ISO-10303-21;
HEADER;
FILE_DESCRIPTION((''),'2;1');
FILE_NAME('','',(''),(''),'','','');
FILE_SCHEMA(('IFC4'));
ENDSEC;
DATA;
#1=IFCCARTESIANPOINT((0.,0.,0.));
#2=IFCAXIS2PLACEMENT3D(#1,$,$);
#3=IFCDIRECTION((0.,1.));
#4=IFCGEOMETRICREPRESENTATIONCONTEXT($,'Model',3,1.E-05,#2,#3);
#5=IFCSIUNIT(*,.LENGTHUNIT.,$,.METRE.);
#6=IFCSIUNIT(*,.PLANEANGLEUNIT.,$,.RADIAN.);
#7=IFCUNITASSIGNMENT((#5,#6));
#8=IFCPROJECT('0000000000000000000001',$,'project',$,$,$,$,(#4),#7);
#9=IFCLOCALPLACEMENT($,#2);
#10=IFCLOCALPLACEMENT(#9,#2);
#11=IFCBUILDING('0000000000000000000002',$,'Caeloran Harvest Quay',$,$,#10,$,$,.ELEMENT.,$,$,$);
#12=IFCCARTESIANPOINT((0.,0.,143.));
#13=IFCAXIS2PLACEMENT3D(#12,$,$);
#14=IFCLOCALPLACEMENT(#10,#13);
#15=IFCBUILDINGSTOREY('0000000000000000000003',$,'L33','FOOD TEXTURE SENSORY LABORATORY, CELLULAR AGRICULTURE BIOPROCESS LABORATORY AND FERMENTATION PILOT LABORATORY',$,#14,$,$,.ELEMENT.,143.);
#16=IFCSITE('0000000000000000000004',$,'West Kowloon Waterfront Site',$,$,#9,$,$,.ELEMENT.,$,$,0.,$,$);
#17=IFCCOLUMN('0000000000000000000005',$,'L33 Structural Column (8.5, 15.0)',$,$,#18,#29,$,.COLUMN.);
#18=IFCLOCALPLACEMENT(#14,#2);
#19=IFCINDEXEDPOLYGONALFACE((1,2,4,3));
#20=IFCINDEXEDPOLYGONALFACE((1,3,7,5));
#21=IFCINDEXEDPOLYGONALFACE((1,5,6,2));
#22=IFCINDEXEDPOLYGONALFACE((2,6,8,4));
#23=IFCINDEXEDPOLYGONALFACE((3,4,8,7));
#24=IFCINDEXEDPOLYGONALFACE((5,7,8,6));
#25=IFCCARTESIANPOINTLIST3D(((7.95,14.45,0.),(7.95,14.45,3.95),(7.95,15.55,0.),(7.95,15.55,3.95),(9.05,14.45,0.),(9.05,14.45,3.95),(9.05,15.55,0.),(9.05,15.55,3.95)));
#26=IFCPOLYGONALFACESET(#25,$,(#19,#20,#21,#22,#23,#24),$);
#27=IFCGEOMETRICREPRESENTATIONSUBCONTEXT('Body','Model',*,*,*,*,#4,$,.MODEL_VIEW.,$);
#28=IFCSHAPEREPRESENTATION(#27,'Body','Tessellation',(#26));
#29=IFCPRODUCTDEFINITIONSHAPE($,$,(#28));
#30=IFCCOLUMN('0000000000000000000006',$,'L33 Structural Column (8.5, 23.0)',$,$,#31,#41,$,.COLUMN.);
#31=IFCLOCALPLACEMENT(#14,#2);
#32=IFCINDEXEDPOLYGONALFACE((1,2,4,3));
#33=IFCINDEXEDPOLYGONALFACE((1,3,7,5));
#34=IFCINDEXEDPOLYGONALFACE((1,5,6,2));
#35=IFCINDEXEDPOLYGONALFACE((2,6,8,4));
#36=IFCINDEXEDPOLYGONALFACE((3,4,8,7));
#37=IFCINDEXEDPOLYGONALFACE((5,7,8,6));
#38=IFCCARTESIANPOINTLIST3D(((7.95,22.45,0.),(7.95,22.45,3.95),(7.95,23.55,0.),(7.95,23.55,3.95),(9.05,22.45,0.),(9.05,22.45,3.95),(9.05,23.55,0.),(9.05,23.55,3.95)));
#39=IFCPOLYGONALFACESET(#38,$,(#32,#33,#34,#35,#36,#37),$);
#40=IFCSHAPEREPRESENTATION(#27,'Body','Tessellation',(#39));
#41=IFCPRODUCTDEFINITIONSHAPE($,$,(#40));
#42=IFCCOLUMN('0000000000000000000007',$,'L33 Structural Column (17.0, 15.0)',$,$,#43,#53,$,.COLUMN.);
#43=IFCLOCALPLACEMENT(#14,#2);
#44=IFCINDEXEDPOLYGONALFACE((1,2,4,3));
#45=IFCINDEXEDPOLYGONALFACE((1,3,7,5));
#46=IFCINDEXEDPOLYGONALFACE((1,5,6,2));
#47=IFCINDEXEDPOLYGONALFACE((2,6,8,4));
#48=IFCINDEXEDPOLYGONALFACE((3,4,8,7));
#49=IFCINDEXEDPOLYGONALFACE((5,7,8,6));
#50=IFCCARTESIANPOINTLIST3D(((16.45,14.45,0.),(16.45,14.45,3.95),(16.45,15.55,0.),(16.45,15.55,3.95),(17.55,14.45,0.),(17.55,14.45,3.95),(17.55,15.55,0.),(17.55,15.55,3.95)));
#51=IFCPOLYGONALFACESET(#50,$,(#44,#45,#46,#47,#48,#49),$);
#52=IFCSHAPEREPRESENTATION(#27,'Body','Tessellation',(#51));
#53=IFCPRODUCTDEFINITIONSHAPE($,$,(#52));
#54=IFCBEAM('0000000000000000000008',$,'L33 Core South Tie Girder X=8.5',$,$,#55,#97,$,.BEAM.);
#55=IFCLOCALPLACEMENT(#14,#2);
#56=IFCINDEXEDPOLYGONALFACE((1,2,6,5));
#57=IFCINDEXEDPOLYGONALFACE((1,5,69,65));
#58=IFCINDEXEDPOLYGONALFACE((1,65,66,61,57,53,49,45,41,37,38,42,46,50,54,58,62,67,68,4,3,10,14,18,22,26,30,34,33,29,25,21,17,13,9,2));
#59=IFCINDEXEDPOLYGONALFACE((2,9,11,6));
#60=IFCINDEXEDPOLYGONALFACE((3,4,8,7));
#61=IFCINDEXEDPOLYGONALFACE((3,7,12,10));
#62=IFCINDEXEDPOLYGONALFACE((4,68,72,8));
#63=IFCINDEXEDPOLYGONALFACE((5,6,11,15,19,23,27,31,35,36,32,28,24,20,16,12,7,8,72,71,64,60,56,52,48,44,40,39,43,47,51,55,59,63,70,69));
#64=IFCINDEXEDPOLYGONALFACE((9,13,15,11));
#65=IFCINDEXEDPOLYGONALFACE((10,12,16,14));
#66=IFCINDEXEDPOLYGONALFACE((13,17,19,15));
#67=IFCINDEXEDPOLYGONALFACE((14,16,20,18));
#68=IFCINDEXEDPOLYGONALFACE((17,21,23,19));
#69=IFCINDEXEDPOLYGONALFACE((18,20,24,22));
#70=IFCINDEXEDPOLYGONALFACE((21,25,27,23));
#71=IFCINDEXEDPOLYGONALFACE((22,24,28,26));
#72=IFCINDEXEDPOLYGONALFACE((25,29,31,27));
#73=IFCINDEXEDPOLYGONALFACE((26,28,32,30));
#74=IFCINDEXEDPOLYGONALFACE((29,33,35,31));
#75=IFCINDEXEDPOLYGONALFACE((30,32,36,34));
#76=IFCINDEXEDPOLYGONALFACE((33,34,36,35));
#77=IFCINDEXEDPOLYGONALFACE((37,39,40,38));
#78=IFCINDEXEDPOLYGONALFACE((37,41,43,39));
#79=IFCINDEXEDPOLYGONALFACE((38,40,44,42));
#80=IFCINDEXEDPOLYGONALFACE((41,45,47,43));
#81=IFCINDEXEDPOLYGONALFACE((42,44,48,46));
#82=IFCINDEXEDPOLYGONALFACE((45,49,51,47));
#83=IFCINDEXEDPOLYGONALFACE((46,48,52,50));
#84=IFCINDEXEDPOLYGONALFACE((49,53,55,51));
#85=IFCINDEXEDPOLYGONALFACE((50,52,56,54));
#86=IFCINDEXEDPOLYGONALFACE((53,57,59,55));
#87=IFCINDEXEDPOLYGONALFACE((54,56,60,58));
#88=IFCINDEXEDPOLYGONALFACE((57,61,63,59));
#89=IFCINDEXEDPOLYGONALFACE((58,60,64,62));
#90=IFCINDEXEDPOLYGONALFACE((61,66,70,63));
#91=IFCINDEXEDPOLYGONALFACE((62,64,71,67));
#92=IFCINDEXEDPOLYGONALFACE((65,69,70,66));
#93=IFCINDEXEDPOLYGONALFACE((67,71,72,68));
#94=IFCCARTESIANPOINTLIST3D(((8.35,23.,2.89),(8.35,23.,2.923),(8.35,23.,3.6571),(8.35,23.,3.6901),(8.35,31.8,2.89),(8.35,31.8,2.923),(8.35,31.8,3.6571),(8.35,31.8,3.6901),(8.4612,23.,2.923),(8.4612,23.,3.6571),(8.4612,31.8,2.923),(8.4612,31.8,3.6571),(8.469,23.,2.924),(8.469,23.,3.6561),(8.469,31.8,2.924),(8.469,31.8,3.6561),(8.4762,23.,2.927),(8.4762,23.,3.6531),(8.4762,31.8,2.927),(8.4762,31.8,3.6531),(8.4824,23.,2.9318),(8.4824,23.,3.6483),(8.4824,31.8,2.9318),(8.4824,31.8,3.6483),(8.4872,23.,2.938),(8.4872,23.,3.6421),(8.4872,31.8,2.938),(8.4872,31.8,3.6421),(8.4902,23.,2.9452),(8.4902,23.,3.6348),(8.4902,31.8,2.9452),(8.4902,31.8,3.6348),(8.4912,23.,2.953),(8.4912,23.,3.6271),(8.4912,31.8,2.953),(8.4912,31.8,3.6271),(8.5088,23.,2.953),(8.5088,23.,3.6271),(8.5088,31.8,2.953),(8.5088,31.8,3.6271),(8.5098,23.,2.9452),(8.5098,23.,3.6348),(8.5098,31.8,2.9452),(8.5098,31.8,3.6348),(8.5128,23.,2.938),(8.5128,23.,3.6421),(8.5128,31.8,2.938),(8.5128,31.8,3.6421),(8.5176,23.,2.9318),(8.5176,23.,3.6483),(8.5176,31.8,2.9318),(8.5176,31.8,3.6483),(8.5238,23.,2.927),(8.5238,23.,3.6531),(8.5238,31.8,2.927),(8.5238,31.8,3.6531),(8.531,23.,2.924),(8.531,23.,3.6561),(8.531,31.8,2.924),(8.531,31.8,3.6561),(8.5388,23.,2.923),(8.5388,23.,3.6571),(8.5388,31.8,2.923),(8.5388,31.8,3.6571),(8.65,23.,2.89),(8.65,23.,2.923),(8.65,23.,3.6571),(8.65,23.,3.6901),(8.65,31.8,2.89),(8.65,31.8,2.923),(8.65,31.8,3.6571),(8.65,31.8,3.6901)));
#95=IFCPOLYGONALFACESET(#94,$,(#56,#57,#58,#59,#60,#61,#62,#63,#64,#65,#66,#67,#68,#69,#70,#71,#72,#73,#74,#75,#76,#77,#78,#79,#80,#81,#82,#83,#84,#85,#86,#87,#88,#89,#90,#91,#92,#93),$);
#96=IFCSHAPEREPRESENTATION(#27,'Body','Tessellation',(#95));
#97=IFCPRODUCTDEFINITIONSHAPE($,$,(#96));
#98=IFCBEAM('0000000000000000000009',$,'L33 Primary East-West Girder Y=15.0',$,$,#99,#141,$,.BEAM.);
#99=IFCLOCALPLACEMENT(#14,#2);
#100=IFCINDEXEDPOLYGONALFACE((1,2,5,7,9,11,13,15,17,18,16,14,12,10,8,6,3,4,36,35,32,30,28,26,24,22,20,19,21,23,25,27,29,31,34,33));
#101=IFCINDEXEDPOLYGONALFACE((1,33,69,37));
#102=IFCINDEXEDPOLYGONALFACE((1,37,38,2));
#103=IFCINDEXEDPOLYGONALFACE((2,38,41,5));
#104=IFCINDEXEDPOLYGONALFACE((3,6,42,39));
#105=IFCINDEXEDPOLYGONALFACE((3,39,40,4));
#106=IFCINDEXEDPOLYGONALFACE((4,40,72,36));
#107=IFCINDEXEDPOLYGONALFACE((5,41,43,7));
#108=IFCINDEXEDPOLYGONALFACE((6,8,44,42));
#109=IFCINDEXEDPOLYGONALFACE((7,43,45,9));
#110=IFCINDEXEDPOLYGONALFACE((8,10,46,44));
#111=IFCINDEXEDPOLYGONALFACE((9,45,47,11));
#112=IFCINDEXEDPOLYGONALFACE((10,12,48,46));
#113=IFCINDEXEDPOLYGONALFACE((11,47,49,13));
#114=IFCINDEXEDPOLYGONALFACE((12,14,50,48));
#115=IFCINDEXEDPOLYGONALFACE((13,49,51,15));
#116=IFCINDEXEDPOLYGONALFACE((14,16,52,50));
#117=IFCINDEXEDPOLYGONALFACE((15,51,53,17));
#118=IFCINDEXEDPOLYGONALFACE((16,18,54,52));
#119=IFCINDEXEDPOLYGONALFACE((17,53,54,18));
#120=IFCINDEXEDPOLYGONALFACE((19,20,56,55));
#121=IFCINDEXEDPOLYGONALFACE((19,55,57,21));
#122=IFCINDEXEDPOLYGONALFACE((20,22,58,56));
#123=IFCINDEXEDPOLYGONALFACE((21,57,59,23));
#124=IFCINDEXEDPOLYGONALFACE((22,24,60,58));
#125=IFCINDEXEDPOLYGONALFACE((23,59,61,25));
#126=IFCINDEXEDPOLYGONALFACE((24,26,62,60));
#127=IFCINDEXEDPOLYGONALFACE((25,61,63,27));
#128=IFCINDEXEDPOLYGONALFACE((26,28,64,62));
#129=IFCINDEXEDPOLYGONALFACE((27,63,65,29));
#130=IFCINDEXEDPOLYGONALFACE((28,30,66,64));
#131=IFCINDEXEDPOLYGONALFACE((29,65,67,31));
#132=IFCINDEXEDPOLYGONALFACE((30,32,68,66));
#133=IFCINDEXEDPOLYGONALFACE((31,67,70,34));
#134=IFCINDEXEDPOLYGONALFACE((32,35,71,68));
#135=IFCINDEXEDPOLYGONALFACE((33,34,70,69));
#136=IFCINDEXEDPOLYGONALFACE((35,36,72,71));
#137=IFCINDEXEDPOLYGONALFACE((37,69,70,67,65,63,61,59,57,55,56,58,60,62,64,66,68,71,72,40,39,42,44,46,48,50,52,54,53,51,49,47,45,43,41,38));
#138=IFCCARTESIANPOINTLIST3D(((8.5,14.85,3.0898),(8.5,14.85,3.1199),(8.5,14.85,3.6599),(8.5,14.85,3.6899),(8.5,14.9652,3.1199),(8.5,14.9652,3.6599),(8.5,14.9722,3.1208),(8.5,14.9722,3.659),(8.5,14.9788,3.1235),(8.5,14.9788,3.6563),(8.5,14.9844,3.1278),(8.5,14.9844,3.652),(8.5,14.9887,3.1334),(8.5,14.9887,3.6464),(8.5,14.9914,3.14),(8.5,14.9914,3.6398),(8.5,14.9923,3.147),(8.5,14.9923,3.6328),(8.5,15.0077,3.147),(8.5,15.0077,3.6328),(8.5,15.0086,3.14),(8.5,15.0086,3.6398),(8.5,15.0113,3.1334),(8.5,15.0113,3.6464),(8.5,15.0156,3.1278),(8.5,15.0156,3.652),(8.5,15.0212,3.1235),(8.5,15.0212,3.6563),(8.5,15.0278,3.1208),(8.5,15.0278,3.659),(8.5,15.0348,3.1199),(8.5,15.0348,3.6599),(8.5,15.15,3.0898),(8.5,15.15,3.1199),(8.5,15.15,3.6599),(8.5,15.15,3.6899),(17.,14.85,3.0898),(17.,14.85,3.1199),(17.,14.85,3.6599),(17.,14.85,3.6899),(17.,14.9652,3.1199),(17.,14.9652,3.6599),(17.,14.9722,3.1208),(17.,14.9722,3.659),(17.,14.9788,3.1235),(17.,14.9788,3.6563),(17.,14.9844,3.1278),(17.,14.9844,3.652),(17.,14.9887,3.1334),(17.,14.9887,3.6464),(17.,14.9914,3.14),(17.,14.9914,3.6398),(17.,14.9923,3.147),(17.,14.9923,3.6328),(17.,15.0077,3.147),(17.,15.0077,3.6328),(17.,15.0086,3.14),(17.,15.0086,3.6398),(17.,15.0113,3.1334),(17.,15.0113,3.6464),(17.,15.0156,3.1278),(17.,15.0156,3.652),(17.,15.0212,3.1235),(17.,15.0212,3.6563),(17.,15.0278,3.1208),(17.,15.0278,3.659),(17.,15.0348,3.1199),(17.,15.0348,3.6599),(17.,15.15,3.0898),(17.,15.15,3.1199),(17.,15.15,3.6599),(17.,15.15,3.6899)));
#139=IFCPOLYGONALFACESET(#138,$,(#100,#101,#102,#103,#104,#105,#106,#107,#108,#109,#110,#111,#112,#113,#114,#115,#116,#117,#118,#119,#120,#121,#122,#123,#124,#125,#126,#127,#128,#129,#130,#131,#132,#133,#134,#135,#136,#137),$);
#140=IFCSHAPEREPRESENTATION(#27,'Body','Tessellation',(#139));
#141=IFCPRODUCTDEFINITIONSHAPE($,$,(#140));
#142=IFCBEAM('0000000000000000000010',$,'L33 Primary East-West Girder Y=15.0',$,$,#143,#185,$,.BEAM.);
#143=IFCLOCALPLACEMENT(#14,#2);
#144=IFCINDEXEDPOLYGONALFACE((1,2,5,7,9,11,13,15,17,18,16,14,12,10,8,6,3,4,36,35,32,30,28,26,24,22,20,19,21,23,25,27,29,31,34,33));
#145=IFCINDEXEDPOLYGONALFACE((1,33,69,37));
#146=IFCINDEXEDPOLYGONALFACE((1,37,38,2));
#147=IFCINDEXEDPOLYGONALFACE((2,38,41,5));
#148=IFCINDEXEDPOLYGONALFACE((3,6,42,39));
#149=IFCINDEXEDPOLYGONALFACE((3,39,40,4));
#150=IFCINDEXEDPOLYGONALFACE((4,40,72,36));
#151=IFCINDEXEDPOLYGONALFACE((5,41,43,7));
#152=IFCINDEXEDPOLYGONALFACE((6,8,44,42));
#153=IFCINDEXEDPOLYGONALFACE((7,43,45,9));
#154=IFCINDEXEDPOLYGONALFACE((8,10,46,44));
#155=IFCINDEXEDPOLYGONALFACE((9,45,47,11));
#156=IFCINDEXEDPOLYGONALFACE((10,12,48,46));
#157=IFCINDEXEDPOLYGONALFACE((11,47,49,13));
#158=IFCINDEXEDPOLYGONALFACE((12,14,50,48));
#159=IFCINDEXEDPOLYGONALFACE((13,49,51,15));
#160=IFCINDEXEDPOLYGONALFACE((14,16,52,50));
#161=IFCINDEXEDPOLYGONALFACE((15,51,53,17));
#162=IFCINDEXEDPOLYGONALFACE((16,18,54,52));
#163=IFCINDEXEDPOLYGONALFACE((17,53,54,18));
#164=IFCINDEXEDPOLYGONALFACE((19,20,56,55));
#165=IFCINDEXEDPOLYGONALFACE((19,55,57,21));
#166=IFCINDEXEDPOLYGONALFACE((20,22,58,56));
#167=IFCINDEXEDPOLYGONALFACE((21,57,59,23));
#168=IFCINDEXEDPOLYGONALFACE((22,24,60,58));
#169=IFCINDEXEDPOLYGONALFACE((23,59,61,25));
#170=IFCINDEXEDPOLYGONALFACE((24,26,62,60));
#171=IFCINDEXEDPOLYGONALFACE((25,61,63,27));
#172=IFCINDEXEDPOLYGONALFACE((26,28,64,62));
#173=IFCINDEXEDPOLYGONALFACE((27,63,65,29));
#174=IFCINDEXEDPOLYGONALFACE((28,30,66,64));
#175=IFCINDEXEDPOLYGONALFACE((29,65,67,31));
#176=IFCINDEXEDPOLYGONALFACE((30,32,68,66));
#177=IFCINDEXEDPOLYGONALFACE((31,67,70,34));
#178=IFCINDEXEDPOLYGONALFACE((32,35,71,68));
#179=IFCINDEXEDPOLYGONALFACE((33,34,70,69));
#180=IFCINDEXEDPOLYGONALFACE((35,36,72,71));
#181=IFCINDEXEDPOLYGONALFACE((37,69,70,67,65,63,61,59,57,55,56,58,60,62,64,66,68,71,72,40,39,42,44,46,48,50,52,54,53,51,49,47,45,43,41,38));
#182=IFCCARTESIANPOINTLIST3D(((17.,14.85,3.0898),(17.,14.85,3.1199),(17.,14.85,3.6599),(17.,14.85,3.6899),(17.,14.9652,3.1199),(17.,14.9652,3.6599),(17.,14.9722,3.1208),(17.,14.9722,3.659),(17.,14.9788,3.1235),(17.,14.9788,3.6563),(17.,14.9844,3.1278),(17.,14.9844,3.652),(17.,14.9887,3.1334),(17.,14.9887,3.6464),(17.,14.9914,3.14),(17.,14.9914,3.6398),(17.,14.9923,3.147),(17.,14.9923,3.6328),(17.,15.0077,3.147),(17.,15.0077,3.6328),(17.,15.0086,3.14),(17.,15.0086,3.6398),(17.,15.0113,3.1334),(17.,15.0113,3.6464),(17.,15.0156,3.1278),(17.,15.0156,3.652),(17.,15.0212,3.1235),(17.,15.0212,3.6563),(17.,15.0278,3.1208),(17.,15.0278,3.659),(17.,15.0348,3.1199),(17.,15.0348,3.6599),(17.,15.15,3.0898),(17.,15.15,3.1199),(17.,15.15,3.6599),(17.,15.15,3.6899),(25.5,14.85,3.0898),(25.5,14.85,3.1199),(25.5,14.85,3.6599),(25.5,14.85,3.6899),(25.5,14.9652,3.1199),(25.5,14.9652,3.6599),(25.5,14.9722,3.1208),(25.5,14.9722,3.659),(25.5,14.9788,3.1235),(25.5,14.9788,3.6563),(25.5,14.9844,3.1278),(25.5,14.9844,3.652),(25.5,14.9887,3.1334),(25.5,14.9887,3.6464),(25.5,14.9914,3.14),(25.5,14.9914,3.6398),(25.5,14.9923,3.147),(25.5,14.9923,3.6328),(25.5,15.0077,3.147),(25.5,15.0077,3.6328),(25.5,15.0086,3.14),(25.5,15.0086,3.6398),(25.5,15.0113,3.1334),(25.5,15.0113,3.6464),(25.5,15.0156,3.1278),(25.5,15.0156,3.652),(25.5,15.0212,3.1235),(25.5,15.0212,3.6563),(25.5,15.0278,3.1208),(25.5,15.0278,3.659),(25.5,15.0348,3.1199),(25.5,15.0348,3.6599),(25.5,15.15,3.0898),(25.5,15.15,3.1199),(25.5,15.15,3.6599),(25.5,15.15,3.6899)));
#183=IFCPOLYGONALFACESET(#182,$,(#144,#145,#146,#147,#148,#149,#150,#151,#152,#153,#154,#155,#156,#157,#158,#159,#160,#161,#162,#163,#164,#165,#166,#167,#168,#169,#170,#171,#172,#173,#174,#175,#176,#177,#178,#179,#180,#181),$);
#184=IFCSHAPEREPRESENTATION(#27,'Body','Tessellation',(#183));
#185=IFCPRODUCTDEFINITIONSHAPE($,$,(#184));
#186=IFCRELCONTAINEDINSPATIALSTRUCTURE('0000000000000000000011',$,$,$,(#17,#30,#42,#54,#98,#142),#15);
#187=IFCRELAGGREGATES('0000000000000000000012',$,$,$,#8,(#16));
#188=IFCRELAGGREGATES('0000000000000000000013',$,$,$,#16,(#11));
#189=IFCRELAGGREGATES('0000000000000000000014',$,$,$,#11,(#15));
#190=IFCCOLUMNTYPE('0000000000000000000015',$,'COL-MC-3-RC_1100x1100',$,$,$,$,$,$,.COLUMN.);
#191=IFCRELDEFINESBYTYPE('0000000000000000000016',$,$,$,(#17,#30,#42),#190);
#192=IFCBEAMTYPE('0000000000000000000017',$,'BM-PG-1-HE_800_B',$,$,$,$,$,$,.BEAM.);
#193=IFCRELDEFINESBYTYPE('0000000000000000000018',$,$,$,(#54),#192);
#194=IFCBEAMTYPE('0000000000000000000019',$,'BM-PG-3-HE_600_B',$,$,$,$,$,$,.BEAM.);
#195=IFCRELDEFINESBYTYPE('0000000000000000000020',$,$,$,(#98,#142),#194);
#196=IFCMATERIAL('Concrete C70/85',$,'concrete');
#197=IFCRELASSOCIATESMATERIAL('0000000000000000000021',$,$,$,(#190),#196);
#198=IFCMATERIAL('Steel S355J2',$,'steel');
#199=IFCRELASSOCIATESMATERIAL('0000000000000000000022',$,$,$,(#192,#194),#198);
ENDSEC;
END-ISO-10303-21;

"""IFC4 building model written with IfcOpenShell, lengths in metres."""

from ifc_helpers import new_model, si_unit, direction, frame, origin, origin_2d, place, context, subcontext, project, spatial, rectangle, i_section, extrude, material, material_profile, profile_set, type_object, element, save


model = new_model("IFC4")

# Units and contexts
model_context = context("Model", 3, precision=1e-05, world=origin(), true_north=direction((0.0, 1.0)))
body_context = subcontext(model_context, "Body", "Model", "MODEL_VIEW")
ifc_project = project(units=[si_unit("LENGTHUNIT", "METRE"), si_unit("PLANEANGLEUNIT", "RADIAN")], contexts=[model_context])

# Site, building, storey
site_placement = place(None, origin())
site = spatial("IfcSite", under=ifc_project, at=site_placement, Name="West Kowloon Waterfront Site", CompositionType="ELEMENT", RefElevation=0.0)
building_placement = place(site_placement, origin())
building = spatial("IfcBuilding", under=site, at=building_placement, Name="Caeloran Harvest Quay", CompositionType="ELEMENT")
storey_placement = place(building_placement, frame((0.0, 0.0, 143.0)))
storey = spatial("IfcBuildingStorey", under=building, at=storey_placement, Name="L33", Description="FOOD TEXTURE SENSORY LABORATORY, CELLULAR AGRICULTURE BIOPROCESS LABORATORY AND FERMENTATION PILOT LABORATORY", CompositionType="ELEMENT", Elevation=143.0)

# Columns
ifc_material_1 = material(Name="Concrete C70/85", Category="concrete")
ifc_material_profile_1 = material_profile(ifc_material_1, rectangle(XDim=1.1001, YDim=1.1001, at=origin_2d()), Name="RC 1100x1100")
ifc_profile_set_1 = profile_set([ifc_material_profile_1], Name="Concrete C70/85")
column_type = type_object("IfcColumnType", Name="COL-MC-3-RC_1100x1100", PredefinedType="COLUMN", material=ifc_profile_set_1)
for number, where, z_axis, x_axis, name in (
    (1, (8.5, 15.0, 0.0), (0.0, 0.0, 1.0), (1.0, 0.0, 0.0), "L33 Structural Column (8.5, 15.0)"),
    (2, (8.5, 23.0, 0.0), (0.0, 0.0, 1.0), (1.0, 0.0, 0.0), "L33 Structural Column (8.5, 23.0)"),
    (3, (17.0, 15.0, 0.0), (0.0, 0.0, 1.0), (1.0, 0.0, 0.0), "L33 Structural Column (17.0, 15.0)"),
):
    element("IfcColumn", number, at=place(storey_placement, frame(where, z_axis=z_axis, x_axis=x_axis)), inside=storey, type_object=column_type, Name=name, PredefinedType="COLUMN", context=body_context, shape_type="SweptSolid", body=[
        extrude(rectangle(XDim=1.1001, YDim=1.1001, at=origin_2d()), origin(), (0.0, 0.0, 1.0), 3.95),
    ])

# Beams
ifc_material_2 = material(Name="Steel S355J2", Category="steel")
ifc_material_profile_2 = material_profile(ifc_material_2, i_section(OverallWidth=0.3, OverallDepth=0.8, WebThickness=0.0176, FlangeThickness=0.033, FilletRadius=0.03, at=origin_2d()), Name="HE 800 B")
ifc_profile_set_2 = profile_set([ifc_material_profile_2], Name="Steel S355J2")
beam_type_1 = type_object("IfcBeamType", Name="BM-PG-1-HE_800_B", PredefinedType="BEAM", material=ifc_profile_set_2)
beam_1_placement = place(storey_placement, frame((8.5, 23.0, 3.29), z_axis=(0.0, 1.0, 0.0), x_axis=(-1.0, 0.0, 0.0)))
element("IfcBeam", 4, at=beam_1_placement, inside=storey, type_object=beam_type_1, Name="L33 Core South Tie Girder X=8.5", PredefinedType="BEAM", context=body_context, shape_type="SweptSolid", body=[
    extrude(i_section(OverallWidth=0.3, OverallDepth=0.8, WebThickness=0.0176, FlangeThickness=0.033, FilletRadius=0.03, at=origin_2d()), origin(), (0.0, 0.0, 1.0), 8.8),
])
ifc_material_profile_3 = material_profile(ifc_material_2, i_section(OverallWidth=0.3, OverallDepth=0.6001, WebThickness=0.0154, FlangeThickness=0.03, FilletRadius=0.0271, at=origin_2d()), Name="HE 600 B")
ifc_profile_set_3 = profile_set([ifc_material_profile_3], Name="Steel S355J2")
beam_type_2 = type_object("IfcBeamType", Name="BM-PG-3-HE_600_B", PredefinedType="BEAM", material=ifc_profile_set_3)
for number, where, z_axis, x_axis, name in (
    (5, (8.5, 15.0, 3.3899), (1.0, 0.0, 0.0), (0.0, 1.0, 0.0), "L33 Primary East-West Girder Y=15.0"),
    (6, (17.0, 15.0, 3.3899), (1.0, 0.0, 0.0), (0.0, 1.0, 0.0), "L33 Primary East-West Girder Y=15.0"),
):
    element("IfcBeam", number, at=place(storey_placement, frame(where, z_axis=z_axis, x_axis=x_axis)), inside=storey, type_object=beam_type_2, Name=name, PredefinedType="BEAM", context=body_context, shape_type="SweptSolid", body=[
        extrude(i_section(OverallWidth=0.3, OverallDepth=0.6001, WebThickness=0.0154, FlangeThickness=0.03, FilletRadius=0.0271, at=origin_2d()), origin(), (0.0, 0.0, 1.0), 8.5),
    ])

save(model, "model.ifc")
